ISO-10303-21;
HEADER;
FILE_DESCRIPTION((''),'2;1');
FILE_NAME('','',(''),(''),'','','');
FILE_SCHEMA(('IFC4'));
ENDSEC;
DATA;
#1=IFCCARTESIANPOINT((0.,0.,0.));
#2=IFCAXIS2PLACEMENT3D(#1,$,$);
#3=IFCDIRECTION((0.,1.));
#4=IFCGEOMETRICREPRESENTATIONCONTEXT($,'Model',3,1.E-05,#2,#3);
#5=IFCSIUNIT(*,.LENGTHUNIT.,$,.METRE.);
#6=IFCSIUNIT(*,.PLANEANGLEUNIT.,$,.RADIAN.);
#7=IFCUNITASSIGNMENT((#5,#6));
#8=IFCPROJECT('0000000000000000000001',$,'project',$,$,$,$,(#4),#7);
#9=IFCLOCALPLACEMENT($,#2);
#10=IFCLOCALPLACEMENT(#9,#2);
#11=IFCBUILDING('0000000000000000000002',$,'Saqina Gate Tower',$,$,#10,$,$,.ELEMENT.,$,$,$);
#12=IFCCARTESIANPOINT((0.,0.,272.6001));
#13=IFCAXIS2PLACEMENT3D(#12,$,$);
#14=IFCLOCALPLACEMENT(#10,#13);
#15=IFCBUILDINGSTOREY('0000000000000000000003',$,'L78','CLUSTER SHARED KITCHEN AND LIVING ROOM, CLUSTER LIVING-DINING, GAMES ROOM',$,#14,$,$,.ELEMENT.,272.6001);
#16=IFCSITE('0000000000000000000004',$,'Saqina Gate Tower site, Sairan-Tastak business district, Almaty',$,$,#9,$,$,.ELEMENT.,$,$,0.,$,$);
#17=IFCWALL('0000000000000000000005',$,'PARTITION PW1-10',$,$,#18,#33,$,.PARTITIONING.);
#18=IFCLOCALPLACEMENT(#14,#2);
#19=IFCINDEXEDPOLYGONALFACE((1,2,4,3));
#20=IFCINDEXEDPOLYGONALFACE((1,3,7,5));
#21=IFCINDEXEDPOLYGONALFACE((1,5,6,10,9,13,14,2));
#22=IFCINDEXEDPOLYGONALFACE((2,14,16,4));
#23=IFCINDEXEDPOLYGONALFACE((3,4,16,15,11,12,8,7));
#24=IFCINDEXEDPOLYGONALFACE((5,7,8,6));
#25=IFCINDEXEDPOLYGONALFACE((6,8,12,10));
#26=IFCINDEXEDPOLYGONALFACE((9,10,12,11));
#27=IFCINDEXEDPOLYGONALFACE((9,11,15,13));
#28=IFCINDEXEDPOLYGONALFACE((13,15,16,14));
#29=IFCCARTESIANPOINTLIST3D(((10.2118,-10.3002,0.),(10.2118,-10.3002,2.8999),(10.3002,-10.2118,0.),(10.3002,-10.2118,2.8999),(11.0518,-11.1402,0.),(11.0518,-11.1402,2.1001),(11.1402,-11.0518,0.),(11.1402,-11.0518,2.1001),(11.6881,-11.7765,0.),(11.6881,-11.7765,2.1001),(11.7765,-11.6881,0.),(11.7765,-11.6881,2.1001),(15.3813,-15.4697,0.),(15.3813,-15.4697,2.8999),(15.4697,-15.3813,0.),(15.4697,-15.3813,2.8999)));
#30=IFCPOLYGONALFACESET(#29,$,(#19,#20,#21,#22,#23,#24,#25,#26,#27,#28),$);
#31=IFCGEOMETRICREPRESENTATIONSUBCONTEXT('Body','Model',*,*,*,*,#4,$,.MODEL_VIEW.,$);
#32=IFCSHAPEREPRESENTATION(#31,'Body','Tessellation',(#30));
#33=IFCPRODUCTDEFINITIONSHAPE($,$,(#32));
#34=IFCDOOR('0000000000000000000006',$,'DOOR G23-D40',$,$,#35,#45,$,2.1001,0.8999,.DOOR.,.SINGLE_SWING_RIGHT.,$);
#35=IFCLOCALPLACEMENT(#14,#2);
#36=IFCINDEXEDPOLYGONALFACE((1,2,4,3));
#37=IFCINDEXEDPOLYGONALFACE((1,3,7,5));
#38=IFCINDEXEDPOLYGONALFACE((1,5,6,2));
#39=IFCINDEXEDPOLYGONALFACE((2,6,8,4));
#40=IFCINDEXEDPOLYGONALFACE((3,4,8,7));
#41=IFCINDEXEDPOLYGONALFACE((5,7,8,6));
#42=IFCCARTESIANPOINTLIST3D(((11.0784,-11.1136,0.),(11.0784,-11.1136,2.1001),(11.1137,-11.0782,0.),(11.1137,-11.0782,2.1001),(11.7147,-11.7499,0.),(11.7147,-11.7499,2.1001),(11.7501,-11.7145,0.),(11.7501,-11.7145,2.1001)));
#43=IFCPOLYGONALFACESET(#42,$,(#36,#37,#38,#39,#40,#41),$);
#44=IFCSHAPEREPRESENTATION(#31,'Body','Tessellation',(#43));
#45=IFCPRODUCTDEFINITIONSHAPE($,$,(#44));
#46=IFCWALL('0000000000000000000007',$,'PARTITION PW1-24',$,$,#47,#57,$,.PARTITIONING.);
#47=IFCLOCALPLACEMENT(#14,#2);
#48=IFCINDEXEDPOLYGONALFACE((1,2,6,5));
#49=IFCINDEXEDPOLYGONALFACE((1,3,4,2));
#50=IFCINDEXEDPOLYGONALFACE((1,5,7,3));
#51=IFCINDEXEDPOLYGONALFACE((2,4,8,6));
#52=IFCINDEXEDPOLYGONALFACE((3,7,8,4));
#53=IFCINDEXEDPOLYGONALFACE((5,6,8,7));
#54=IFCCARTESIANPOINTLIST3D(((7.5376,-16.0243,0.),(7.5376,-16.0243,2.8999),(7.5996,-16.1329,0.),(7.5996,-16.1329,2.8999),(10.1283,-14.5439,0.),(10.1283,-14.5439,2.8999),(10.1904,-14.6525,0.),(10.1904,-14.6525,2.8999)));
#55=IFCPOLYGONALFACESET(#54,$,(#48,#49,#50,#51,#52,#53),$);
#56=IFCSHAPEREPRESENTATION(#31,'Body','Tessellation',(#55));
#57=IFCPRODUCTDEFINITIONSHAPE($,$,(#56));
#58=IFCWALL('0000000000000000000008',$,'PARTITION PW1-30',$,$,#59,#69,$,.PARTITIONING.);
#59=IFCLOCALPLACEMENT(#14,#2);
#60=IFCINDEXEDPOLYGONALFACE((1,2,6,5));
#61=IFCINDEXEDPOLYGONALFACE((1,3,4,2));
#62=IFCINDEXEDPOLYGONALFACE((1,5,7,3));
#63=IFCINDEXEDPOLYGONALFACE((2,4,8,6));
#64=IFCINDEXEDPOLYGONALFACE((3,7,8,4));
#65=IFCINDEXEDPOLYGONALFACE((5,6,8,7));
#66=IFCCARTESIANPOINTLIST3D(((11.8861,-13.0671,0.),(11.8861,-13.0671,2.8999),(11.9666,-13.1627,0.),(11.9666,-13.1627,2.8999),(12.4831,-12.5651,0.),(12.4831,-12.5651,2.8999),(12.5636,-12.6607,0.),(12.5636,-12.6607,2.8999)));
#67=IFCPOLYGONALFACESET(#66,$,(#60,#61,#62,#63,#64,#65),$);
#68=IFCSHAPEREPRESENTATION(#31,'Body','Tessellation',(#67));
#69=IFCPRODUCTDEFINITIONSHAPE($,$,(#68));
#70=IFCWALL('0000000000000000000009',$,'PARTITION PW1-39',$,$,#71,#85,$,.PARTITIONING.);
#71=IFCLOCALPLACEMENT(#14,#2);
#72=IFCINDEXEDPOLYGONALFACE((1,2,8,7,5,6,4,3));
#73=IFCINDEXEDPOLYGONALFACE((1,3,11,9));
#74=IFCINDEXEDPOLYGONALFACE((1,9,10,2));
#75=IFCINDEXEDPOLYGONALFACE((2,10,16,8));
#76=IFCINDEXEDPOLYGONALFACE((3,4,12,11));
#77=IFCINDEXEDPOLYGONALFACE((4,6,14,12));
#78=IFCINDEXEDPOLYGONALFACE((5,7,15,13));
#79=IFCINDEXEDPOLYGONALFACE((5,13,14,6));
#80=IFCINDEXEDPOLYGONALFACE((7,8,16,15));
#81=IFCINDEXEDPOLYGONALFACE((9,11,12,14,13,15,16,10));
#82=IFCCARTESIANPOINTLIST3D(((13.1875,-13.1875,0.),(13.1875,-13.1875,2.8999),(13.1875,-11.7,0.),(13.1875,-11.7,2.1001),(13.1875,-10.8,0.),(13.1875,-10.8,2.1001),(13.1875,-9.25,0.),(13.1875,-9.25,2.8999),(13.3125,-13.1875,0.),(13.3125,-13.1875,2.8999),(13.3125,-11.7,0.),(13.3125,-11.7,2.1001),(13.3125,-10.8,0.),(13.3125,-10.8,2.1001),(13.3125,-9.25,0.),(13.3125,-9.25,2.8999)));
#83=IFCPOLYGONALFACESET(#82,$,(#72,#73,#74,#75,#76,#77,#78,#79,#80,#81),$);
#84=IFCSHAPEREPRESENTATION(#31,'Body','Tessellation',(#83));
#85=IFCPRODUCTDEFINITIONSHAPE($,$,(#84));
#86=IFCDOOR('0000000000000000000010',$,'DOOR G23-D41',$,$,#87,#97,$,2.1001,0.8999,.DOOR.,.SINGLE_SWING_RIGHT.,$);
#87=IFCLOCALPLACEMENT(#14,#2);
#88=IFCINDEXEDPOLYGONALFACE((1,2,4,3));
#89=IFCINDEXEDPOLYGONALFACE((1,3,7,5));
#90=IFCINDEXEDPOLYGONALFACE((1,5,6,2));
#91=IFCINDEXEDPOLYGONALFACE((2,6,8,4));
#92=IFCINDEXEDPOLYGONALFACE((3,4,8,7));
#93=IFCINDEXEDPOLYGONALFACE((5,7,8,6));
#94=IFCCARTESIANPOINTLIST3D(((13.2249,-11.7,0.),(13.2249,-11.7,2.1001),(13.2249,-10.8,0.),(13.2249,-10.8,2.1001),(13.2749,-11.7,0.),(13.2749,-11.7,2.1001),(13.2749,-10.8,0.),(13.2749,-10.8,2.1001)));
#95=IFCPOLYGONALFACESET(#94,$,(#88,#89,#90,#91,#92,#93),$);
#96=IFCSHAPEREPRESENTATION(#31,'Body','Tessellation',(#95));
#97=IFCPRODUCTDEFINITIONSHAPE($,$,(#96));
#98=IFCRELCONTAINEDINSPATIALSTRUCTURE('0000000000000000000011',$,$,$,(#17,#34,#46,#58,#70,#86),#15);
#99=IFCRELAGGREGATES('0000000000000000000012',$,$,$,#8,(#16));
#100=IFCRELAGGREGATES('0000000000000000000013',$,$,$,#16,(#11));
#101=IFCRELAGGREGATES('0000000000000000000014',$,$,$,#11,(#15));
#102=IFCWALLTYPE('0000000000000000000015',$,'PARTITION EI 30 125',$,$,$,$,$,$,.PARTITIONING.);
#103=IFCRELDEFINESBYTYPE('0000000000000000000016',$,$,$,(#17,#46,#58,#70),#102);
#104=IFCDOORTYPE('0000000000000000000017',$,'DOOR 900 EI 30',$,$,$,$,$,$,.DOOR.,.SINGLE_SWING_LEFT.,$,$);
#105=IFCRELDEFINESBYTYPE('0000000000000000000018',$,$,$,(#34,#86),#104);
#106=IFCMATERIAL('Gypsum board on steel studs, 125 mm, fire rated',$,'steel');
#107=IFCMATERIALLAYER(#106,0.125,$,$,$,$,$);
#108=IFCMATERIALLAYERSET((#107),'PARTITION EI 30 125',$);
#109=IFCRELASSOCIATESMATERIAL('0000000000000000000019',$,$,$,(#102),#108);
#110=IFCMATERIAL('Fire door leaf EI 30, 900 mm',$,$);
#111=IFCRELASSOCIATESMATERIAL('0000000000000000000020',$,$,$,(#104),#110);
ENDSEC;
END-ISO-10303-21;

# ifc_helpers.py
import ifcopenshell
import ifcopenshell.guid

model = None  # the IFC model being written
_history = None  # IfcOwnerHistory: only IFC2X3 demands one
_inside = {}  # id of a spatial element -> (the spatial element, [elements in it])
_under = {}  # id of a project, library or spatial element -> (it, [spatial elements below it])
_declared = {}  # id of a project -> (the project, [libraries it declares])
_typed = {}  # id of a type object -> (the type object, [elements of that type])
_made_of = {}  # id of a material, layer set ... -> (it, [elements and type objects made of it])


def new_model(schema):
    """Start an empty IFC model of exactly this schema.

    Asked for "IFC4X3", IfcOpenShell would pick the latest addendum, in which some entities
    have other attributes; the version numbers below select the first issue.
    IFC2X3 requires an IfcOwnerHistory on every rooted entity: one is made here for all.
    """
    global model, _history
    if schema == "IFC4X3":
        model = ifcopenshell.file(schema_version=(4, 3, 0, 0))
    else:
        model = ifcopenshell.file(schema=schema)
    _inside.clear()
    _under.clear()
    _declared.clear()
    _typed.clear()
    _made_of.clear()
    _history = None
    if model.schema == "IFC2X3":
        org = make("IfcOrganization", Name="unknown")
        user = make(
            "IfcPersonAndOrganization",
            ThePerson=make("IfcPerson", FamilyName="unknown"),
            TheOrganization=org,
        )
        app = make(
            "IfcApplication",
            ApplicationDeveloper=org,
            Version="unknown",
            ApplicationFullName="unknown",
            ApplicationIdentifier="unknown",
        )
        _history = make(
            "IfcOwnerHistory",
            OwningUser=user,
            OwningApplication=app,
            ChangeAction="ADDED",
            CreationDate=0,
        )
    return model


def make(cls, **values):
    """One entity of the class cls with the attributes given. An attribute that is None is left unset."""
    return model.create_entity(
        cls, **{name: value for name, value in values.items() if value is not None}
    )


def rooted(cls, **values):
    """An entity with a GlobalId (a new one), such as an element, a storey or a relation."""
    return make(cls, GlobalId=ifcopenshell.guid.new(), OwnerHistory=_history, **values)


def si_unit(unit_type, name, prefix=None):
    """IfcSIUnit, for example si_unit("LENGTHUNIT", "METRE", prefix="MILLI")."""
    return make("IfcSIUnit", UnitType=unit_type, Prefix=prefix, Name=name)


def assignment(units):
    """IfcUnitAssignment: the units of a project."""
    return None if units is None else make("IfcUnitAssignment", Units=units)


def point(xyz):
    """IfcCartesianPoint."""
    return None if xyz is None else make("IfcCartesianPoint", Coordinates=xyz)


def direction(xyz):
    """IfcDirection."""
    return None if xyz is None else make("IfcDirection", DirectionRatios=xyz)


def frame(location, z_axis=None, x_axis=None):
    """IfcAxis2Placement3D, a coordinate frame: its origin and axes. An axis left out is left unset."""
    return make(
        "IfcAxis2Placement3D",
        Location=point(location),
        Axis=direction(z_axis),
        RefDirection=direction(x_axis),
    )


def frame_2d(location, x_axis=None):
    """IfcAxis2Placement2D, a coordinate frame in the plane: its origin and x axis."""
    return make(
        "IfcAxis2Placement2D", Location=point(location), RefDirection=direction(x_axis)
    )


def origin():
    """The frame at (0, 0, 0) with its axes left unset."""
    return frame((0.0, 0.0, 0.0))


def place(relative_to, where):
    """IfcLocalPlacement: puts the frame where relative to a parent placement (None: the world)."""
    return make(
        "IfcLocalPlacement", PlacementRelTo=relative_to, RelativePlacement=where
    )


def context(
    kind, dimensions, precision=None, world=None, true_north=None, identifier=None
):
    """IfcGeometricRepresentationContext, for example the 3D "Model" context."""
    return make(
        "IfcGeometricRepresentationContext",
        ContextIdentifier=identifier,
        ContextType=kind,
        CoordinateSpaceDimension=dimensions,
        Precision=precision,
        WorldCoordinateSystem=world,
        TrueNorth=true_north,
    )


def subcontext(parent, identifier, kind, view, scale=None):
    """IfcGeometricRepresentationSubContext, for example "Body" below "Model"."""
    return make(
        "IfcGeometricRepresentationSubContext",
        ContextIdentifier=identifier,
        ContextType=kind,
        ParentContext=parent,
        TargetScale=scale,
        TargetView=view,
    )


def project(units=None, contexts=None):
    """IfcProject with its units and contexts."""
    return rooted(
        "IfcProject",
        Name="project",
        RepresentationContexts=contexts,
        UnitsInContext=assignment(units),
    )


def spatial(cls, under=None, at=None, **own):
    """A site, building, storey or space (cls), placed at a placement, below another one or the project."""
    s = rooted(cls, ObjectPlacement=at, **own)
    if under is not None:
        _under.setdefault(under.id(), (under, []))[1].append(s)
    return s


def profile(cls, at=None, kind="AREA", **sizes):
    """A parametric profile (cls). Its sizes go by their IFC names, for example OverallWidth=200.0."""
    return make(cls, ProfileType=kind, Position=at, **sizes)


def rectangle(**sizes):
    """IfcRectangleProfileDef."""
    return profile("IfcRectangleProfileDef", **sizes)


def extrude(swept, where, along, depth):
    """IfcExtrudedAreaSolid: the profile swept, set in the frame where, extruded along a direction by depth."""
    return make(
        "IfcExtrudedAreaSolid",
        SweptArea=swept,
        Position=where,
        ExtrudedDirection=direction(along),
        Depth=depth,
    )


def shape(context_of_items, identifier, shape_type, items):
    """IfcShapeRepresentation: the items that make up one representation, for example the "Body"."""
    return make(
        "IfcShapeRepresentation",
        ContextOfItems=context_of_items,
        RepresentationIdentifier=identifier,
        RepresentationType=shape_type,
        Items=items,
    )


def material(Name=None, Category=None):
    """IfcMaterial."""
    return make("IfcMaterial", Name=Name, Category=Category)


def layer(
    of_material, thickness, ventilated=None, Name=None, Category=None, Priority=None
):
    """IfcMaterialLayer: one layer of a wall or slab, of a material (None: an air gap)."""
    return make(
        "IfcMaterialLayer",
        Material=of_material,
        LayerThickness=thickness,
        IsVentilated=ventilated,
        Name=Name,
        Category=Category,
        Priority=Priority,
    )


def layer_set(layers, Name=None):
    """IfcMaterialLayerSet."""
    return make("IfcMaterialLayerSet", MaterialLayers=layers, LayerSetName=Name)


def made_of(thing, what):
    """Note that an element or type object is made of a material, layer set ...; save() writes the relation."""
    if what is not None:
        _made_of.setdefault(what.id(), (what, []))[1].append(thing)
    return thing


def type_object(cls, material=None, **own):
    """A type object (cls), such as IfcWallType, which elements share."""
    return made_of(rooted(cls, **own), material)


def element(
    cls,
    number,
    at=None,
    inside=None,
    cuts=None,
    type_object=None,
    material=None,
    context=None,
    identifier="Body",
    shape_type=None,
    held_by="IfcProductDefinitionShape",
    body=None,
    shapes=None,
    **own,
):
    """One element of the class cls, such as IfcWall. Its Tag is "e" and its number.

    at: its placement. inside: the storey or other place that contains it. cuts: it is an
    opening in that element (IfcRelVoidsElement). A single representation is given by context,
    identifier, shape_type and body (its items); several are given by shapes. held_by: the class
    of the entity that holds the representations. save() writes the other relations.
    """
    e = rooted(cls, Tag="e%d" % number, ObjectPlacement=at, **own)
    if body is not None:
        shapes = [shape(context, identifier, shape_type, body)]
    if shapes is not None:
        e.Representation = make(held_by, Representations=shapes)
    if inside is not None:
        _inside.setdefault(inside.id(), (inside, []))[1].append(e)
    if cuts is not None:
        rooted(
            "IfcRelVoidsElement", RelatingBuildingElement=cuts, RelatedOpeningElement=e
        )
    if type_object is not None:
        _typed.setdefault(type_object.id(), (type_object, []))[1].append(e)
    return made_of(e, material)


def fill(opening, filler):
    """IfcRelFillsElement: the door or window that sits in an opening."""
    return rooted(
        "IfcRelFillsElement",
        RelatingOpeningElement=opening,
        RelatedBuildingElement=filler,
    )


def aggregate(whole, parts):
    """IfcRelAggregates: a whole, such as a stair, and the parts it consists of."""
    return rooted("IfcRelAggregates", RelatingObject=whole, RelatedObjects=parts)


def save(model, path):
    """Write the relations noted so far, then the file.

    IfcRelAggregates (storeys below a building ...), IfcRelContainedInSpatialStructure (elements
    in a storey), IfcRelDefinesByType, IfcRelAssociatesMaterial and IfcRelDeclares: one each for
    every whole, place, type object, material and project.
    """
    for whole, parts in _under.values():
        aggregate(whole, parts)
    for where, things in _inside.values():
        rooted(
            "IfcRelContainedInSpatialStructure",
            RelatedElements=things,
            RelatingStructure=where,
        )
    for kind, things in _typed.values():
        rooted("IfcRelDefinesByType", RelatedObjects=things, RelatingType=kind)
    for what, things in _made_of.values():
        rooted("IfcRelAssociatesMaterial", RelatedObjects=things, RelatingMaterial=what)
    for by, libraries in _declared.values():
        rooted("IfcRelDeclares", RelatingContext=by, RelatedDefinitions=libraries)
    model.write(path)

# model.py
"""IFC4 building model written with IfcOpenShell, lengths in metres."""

from ifc_helpers import new_model, si_unit, direction, frame, frame_2d, origin, place, context, subcontext, project, spatial, rectangle, extrude, material, layer, layer_set, type_object, element, fill, save


model = new_model("IFC4")

# Units and contexts
model_context = context("Model", 3, precision=1e-05, world=origin(), true_north=direction((0.0, 1.0)))
body_context = subcontext(model_context, "Body", "Model", "MODEL_VIEW")
ifc_project = project(units=[si_unit("LENGTHUNIT", "METRE"), si_unit("PLANEANGLEUNIT", "RADIAN")], contexts=[model_context])

# Site, building, storey
site_placement = place(None, origin())
site = spatial("IfcSite", under=ifc_project, at=site_placement, Name="Saqina Gate Tower site, Sairan-Tastak business district, Almaty", CompositionType="ELEMENT", RefElevation=0.0)
building_placement = place(site_placement, origin())
building = spatial("IfcBuilding", under=site, at=building_placement, Name="Saqina Gate Tower", CompositionType="ELEMENT")
storey_placement = place(building_placement, frame((0.0, 0.0, 272.6001)))
storey = spatial("IfcBuildingStorey", under=building, at=storey_placement, Name="L78", Description="CLUSTER SHARED KITCHEN AND LIVING ROOM, CLUSTER LIVING-DINING, GAMES ROOM", CompositionType="ELEMENT", Elevation=272.6001)

# Wall, opening, door
ifc_material_1 = material(Name="Gypsum board on steel studs, 125 mm, fire rated", Category="steel")
ifc_layer_1 = layer(ifc_material_1, 0.125)
ifc_layer_set_1 = layer_set([ifc_layer_1], Name="PARTITION EI 30 125")
wall_type_1 = type_object("IfcWallType", Name="PARTITION EI 30 125", PredefinedType="PARTITIONING", material=ifc_layer_set_1)
ifc_material_2 = material(Name="Fire door leaf EI 30, 900 mm")
door_type_1 = type_object("IfcDoorType", Name="DOOR 900 EI 30", OperationType="SINGLE_SWING_LEFT", PredefinedType="DOOR", material=ifc_material_2)
wall_1_placement = place(storey_placement, frame((10.2561, -10.2561, 0.0), z_axis=(0.0, 0.0, 1.0), x_axis=(0.707107, -0.707107, 0.0)))
wall_1 = element("IfcWall", 1, at=wall_1_placement, inside=storey, type_object=wall_type_1, Name="PARTITION PW1-10", PredefinedType="PARTITIONING", context=body_context, shape_type="SweptSolid", body=[
    extrude(rectangle(XDim=7.3108, YDim=0.125, at=frame_2d((3.6553, 0.0))), origin(), (0.0, 0.0, 1.0), 2.8999),
])
opening_1_placement = place(wall_1_placement, frame((1.1877, 0.0, 0.0)))
opening_1 = element("IfcOpeningElement", 2, at=opening_1_placement, cuts=wall_1, PredefinedType="OPENING", context=body_context, shape_type="SweptSolid", body=[
    extrude(rectangle(XDim=0.8999, YDim=2.1001, at=frame_2d((0.45, 1.05))), frame((0.0, 0.0745, 0.0), z_axis=(0.0, -1.0, 0.0), x_axis=(1.0, 0.0, 0.0)), (0.0, 0.0, 1.0), 0.1489),
])
door_1_placement = place(opening_1_placement, frame((0.8999, 0.0, 0.0), z_axis=(0.0, 0.0, 1.0), x_axis=(-1.0, 0.0, 0.0)))
door_1 = element("IfcDoor", 3, at=door_1_placement, inside=storey, type_object=door_type_1, Name="DOOR G23-D40", OperationType="SINGLE_SWING_RIGHT", OverallHeight=2.1001, OverallWidth=0.8999, PredefinedType="DOOR", context=body_context, shape_type="SweptSolid", body=[
    extrude(rectangle(XDim=0.8999, YDim=2.1001, at=frame_2d((0.45, 1.05))), frame((0.0, 0.0249, 0.0), z_axis=(0.0, -1.0, 0.0), x_axis=(1.0, 0.0, 0.0)), (0.0, 0.0, 1.0), 0.05),
])
fill(opening_1, door_1)

# Walls
wall_2_placement = place(storey_placement, frame((7.5686, -16.0786, 0.0), z_axis=(0.0, 0.0, 1.0), x_axis=(0.868243, 0.496139, 0.0)))
element("IfcWall", 4, at=wall_2_placement, inside=storey, type_object=wall_type_1, Name="PARTITION PW1-24", PredefinedType="PARTITIONING", context=body_context, shape_type="SweptSolid", body=[
    extrude(rectangle(XDim=2.9839, YDim=0.125, at=frame_2d((1.4919, 0.0))), origin(), (0.0, 0.0, 1.0), 2.8999),
])
wall_3_placement = place(storey_placement, frame((11.9263, -13.115, 0.0), z_axis=(0.0, 0.0, 1.0), x_axis=(0.765366, 0.643596, 0.0)))
element("IfcWall", 5, at=wall_3_placement, inside=storey, type_object=wall_type_1, Name="PARTITION PW1-30", PredefinedType="PARTITIONING", context=body_context, shape_type="SweptSolid", body=[
    extrude(rectangle(XDim=0.78, YDim=0.125, at=frame_2d((0.3901, 0.0))), origin(), (0.0, 0.0, 1.0), 2.8999),
])

# Wall, opening, door
wall_4_placement = place(storey_placement, frame((13.25, -13.1875, 0.0), z_axis=(0.0, 0.0, 1.0), x_axis=(0.0, 1.0, 0.0)))
wall_4 = element("IfcWall", 6, at=wall_4_placement, inside=storey, type_object=wall_type_1, Name="PARTITION PW1-39", PredefinedType="PARTITIONING", context=body_context, shape_type="SweptSolid", body=[
    extrude(rectangle(XDim=3.9375, YDim=0.125, at=frame_2d((1.9688, 0.0))), origin(), (0.0, 0.0, 1.0), 2.8999),
])
opening_2_placement = place(wall_4_placement, frame((1.4875, 0.0, 0.0)))
opening_2 = element("IfcOpeningElement", 7, at=opening_2_placement, cuts=wall_4, PredefinedType="OPENING", context=body_context, shape_type="SweptSolid", body=[
    extrude(rectangle(XDim=0.8999, YDim=2.1001, at=frame_2d((0.45, 1.05))), frame((0.0, 0.0745, 0.0), z_axis=(0.0, -1.0, 0.0), x_axis=(1.0, 0.0, 0.0)), (0.0, 0.0, 1.0), 0.1489),
])
door_2_placement = place(opening_2_placement, frame((0.8999, 0.0, 0.0), z_axis=(0.0, 0.0, 1.0), x_axis=(-1.0, 0.0, 0.0)))
door_2 = element("IfcDoor", 8, at=door_2_placement, inside=storey, type_object=door_type_1, Name="DOOR G23-D41", OperationType="SINGLE_SWING_RIGHT", OverallHeight=2.1001, OverallWidth=0.8999, PredefinedType="DOOR", context=body_context, shape_type="SweptSolid", body=[
    extrude(rectangle(XDim=0.8999, YDim=2.1001, at=frame_2d((0.45, 1.05))), frame((0.0, 0.0249, 0.0), z_axis=(0.0, -1.0, 0.0), x_axis=(1.0, 0.0, 0.0)), (0.0, 0.0, 1.0), 0.05),
])
fill(opening_2, door_2)

save(model, "model.ifc")
